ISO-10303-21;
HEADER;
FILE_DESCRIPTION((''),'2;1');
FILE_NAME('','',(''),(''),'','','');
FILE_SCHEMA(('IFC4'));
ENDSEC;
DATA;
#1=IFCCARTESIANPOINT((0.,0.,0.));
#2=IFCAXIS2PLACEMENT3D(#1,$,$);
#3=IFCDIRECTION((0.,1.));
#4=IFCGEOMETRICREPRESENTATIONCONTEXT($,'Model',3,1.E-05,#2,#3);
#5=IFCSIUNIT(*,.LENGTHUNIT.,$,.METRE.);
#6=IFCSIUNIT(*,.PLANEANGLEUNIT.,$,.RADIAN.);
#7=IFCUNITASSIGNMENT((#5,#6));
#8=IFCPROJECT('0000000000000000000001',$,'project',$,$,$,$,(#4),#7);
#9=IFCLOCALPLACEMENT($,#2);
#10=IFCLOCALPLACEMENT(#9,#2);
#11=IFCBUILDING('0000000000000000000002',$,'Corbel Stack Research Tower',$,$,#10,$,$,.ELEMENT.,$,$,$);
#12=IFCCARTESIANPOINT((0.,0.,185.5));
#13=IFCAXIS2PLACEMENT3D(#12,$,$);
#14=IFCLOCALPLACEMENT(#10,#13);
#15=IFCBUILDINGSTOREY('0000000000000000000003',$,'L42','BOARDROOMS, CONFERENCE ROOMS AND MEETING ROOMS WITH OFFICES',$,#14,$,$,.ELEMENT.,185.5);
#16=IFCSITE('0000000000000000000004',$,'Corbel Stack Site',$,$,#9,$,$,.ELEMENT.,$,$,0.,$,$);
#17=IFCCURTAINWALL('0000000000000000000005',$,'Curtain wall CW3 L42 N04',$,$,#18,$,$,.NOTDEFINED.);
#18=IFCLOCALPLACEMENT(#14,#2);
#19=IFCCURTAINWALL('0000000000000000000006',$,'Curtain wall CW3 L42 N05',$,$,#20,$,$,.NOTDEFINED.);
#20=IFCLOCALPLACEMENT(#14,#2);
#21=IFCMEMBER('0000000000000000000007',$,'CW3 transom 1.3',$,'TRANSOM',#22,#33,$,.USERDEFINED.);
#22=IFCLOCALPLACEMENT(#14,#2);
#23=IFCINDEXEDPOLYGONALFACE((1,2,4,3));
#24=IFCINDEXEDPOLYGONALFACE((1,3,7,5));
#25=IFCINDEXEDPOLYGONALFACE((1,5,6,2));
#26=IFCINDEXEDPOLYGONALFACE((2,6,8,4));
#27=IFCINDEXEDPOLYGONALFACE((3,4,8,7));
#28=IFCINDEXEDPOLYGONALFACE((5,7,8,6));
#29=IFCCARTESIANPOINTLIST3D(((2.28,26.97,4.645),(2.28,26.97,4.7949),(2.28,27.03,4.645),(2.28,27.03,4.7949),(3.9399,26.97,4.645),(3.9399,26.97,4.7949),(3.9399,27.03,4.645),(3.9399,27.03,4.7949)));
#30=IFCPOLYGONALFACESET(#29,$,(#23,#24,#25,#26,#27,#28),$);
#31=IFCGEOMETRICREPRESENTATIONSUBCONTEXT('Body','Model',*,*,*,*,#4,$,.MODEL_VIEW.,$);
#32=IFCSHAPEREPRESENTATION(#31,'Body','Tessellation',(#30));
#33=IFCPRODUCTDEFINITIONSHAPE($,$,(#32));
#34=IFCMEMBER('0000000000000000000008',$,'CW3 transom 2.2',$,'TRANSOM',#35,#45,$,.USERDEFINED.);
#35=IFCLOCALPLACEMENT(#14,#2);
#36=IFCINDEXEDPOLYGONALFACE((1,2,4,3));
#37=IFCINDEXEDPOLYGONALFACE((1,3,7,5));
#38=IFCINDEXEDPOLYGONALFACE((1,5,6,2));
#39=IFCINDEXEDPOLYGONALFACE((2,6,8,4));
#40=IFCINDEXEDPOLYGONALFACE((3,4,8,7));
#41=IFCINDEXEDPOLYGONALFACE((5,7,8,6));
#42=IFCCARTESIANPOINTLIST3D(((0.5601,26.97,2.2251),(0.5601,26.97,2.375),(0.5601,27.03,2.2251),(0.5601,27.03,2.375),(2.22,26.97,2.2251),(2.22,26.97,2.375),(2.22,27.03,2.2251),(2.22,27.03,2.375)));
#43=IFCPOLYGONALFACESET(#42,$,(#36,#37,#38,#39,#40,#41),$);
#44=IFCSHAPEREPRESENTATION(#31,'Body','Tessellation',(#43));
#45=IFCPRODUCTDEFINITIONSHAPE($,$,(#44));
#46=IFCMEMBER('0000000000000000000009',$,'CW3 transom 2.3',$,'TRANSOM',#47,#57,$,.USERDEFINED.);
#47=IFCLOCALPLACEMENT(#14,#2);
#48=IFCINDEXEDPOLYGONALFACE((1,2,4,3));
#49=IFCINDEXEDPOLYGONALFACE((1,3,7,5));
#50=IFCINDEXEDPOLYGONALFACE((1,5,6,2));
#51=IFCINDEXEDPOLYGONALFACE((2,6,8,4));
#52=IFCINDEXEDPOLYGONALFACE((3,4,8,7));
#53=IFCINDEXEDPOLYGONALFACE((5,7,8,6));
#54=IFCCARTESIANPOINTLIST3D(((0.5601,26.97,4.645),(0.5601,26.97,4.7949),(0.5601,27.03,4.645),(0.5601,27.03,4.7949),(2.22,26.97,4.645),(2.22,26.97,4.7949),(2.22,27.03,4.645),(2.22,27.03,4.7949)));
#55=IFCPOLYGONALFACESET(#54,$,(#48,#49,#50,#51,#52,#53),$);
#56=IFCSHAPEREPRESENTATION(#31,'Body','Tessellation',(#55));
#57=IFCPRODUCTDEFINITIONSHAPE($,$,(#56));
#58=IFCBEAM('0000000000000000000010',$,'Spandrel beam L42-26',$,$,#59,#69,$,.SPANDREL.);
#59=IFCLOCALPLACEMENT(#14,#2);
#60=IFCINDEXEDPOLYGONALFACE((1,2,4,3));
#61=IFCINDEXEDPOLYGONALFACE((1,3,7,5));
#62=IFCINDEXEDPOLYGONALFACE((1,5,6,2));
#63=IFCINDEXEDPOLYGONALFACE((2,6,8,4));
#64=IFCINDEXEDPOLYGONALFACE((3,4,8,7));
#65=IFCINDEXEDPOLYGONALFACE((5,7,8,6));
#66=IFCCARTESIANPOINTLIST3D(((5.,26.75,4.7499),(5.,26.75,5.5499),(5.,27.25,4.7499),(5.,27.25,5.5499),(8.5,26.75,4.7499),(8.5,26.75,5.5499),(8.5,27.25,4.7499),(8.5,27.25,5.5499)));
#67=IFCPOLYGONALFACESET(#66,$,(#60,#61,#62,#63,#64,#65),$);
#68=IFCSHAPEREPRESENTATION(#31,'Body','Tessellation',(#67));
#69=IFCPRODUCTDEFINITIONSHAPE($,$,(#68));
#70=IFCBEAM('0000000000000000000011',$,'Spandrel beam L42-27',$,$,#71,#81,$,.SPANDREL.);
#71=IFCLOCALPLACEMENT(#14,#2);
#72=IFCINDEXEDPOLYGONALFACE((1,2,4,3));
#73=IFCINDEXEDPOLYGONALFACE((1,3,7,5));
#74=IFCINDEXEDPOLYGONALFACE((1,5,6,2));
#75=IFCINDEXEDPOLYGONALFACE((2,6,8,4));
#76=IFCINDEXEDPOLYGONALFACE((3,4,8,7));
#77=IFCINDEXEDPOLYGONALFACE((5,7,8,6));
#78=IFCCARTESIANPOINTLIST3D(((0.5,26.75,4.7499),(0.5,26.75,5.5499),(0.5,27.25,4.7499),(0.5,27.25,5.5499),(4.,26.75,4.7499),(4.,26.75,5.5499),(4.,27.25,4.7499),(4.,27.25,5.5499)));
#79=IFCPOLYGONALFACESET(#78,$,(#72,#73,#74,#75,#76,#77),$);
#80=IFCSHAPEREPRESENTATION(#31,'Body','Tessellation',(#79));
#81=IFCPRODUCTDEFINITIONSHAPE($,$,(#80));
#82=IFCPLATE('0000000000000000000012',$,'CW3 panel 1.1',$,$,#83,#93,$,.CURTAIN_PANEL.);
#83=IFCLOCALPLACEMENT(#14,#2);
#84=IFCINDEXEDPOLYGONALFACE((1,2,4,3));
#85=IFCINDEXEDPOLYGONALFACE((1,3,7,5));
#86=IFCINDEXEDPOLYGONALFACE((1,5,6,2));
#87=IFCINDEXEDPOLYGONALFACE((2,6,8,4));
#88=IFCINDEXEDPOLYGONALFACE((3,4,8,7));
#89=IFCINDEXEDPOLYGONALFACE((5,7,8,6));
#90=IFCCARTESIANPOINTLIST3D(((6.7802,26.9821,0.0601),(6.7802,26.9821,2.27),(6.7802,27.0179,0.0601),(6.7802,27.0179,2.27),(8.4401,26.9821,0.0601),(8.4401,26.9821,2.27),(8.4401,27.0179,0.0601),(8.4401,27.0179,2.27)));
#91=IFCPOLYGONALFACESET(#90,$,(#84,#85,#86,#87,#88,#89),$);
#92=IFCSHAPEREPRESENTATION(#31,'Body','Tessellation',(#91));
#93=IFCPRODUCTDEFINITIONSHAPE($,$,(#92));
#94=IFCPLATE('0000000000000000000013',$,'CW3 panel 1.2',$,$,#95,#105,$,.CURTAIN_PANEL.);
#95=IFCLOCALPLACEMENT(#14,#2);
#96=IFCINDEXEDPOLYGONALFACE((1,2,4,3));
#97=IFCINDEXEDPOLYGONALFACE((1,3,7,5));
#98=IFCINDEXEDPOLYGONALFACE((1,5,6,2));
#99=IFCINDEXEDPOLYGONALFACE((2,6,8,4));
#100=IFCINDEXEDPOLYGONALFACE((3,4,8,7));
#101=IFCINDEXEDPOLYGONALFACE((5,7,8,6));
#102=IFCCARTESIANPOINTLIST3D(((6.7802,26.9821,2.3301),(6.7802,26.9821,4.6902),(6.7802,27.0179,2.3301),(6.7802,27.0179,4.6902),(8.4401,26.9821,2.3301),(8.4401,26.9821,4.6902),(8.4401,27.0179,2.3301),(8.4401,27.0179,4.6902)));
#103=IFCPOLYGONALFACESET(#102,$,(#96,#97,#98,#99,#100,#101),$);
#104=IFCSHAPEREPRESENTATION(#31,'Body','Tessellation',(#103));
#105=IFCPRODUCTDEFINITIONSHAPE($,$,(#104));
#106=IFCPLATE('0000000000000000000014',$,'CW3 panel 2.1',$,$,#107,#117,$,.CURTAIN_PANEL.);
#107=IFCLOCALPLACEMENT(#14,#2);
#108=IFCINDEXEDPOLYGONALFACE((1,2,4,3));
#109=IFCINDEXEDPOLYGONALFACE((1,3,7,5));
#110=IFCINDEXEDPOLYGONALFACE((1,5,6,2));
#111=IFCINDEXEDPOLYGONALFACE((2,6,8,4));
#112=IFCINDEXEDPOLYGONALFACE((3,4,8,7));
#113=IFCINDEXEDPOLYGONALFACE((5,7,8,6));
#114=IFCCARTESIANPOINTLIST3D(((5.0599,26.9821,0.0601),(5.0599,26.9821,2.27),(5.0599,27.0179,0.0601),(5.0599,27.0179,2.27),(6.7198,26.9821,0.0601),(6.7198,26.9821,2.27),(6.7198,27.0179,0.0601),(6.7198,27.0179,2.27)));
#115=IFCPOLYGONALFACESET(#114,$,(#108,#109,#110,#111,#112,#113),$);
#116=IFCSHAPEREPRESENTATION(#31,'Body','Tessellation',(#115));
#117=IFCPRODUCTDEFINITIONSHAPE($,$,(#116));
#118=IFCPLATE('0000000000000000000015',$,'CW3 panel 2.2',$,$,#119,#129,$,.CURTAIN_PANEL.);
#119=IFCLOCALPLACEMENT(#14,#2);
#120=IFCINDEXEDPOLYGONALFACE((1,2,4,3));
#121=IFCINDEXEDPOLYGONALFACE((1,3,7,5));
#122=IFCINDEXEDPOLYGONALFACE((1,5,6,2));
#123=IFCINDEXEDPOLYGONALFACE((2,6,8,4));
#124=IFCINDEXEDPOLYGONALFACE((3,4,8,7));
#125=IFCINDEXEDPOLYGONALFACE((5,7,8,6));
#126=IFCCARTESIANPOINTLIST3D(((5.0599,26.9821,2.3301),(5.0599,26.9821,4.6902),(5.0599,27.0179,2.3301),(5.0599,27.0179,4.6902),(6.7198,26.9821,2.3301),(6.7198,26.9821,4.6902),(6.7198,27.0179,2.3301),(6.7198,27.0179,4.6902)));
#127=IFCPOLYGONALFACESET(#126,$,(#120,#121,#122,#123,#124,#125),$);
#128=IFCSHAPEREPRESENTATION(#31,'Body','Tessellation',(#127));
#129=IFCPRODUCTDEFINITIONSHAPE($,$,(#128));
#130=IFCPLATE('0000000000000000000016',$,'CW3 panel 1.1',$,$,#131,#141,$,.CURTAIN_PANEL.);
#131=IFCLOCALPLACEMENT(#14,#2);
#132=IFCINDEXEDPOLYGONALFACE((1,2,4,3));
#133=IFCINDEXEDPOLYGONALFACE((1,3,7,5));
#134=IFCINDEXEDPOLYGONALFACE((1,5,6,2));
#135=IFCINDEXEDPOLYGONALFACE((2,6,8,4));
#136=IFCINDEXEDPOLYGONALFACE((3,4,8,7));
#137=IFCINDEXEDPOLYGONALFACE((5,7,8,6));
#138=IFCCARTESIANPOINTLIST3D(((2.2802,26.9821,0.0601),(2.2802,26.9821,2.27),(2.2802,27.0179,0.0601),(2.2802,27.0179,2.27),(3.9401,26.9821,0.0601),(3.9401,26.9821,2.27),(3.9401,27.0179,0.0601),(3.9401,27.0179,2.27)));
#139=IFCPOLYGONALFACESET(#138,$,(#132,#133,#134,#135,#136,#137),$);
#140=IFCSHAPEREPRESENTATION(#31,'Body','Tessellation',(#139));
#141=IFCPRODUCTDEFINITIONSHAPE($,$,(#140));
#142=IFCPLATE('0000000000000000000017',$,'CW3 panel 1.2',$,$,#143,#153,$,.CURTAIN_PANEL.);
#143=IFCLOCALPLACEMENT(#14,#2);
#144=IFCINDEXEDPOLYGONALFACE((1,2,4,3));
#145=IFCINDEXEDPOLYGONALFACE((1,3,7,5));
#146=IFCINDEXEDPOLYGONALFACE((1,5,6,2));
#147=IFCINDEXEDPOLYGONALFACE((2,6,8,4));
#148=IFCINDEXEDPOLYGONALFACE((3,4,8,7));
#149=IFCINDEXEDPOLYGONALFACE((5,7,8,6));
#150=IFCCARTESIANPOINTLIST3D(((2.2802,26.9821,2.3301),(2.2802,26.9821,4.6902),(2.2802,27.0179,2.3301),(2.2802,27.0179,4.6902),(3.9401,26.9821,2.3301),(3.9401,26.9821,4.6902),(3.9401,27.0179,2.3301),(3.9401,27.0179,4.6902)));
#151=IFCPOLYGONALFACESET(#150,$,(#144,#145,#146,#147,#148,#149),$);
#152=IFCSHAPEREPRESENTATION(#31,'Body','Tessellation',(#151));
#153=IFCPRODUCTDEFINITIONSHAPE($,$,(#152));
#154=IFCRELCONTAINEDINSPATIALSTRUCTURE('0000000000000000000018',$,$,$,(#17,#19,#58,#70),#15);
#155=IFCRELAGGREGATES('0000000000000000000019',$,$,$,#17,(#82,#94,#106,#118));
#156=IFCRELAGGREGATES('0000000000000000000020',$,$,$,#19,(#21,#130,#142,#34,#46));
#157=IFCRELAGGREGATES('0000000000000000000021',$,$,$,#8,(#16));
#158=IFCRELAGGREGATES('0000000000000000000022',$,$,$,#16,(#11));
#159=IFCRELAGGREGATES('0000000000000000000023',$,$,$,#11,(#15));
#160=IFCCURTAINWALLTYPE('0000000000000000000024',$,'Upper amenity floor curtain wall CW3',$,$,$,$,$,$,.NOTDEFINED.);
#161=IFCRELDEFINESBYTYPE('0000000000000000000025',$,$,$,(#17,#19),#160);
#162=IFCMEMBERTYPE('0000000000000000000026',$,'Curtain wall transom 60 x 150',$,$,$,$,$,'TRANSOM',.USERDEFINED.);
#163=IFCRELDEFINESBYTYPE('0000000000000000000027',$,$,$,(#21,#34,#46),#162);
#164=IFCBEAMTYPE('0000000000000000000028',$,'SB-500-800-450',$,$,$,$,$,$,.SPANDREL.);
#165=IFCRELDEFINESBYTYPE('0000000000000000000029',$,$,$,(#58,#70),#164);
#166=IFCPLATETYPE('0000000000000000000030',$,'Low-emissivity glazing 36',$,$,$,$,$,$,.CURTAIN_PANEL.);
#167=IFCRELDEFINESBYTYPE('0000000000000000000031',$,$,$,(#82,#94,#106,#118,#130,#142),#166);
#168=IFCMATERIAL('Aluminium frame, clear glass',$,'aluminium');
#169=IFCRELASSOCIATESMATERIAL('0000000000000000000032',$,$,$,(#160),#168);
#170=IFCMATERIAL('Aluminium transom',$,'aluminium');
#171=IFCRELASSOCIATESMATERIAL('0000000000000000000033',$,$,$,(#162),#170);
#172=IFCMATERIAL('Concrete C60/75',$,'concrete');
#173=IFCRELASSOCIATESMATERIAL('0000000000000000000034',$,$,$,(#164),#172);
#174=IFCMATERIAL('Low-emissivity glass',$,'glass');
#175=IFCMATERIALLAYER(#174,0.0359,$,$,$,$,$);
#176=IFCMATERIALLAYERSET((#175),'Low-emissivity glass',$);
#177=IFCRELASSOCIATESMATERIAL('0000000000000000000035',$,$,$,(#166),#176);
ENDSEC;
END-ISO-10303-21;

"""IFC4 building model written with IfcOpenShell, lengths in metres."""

from ifc_helpers import new_model, si_unit, direction, frame, origin, origin_2d, place, context, subcontext, project, spatial, rectangle, extrude, material, layer, layer_set, material_profile, profile_set, type_object, element, aggregate, save


model = new_model("IFC4")

# Units and contexts
model_context = context("Model", 3, precision=1e-05, world=origin(), true_north=direction((0.0, 1.0)))
body_context = subcontext(model_context, "Body", "Model", "MODEL_VIEW")
ifc_project = project(units=[si_unit("LENGTHUNIT", "METRE"), si_unit("PLANEANGLEUNIT", "RADIAN")], contexts=[model_context])

# Site, building, storey
site_placement = place(None, origin())
site = spatial("IfcSite", under=ifc_project, at=site_placement, Name="Corbel Stack Site", CompositionType="ELEMENT", RefElevation=0.0)
building_placement = place(site_placement, origin())
building = spatial("IfcBuilding", under=site, at=building_placement, Name="Corbel Stack Research Tower", CompositionType="ELEMENT")
storey_placement = place(building_placement, frame((0.0, 0.0, 185.5)))
storey = spatial("IfcBuildingStorey", under=building, at=storey_placement, Name="L42", Description="BOARDROOMS, CONFERENCE ROOMS AND MEETING ROOMS WITH OFFICES", CompositionType="ELEMENT", Elevation=185.5)

# Curtain walls
ifc_material_1 = material(Name="Aluminium frame, clear glass", Category="aluminium")
curtain_wall_type = type_object("IfcCurtainWallType", Name="Upper amenity floor curtain wall CW3", PredefinedType="NOTDEFINED", material=ifc_material_1)
curtain_wall_1_placement = place(storey_placement, origin())
curtain_wall_1 = element("IfcCurtainWall", 1, at=curtain_wall_1_placement, inside=storey, type_object=curtain_wall_type, Name="Curtain wall CW3 L42 N04", PredefinedType="NOTDEFINED")
curtain_wall_2_placement = place(storey_placement, origin())
curtain_wall_2 = element("IfcCurtainWall", 2, at=curtain_wall_2_placement, inside=storey, type_object=curtain_wall_type, Name="Curtain wall CW3 L42 N05", PredefinedType="NOTDEFINED")

# Members
ifc_material_2 = material(Name="Aluminium transom", Category="aluminium")
ifc_material_profile_1 = material_profile(ifc_material_2, rectangle(XDim=0.0601, YDim=0.1499, at=origin_2d()), Name="Transom 60 x 150")
ifc_profile_set_1 = profile_set([ifc_material_profile_1], Name="Aluminium transom")
member_type_1 = type_object("IfcMemberType", Name="Curtain wall transom 60 x 150", ElementType="TRANSOM", PredefinedType="USERDEFINED", material=ifc_profile_set_1)
member_1_placement = place(storey_placement, frame((3.9399, 27.0, 4.72), z_axis=(-1.0, 0.0, 0.0), x_axis=(0.0, -1.0, 0.0)))
member_1 = element("IfcMember", 3, at=member_1_placement, type_object=member_type_1, Name="CW3 transom 1.3", ObjectType="TRANSOM", PredefinedType="USERDEFINED", context=body_context, shape_type="SweptSolid", body=[
    extrude(rectangle(XDim=0.0601, YDim=0.1499, at=origin_2d()), origin(), (0.0, 0.0, 1.0), 1.6599),
])
member_2_placement = place(storey_placement, frame((2.22, 27.0, 2.3), z_axis=(-1.0, 0.0, 0.0), x_axis=(0.0, -1.0, 0.0)))
member_2 = element("IfcMember", 4, at=member_2_placement, type_object=member_type_1, Name="CW3 transom 2.2", ObjectType="TRANSOM", PredefinedType="USERDEFINED", context=body_context, shape_type="SweptSolid", body=[
    extrude(rectangle(XDim=0.0601, YDim=0.1499, at=origin_2d()), origin(), (0.0, 0.0, 1.0), 1.6599),
])
member_3_placement = place(storey_placement, frame((2.22, 27.0, 4.72), z_axis=(-1.0, 0.0, 0.0), x_axis=(0.0, -1.0, 0.0)))
member_3 = element("IfcMember", 5, at=member_3_placement, type_object=member_type_1, Name="CW3 transom 2.3", ObjectType="TRANSOM", PredefinedType="USERDEFINED", context=body_context, shape_type="SweptSolid", body=[
    extrude(rectangle(XDim=0.0601, YDim=0.1499, at=origin_2d()), origin(), (0.0, 0.0, 1.0), 1.6599),
])

# Beams
ifc_material_3 = material(Name="Concrete C60/75", Category="concrete")
ifc_material_profile_2 = material_profile(ifc_material_3, rectangle(XDim=0.5, YDim=0.8, at=origin_2d()), Name="RC 500 x 800")
ifc_profile_set_2 = profile_set([ifc_material_profile_2], Name="Concrete C60/75")
beam_type = type_object("IfcBeamType", Name="SB-500-800-450", PredefinedType="SPANDREL", material=ifc_profile_set_2)
for number, where, z_axis, x_axis, name in (
    (6, (8.5, 27.0, 5.1499), (-1.0, 0.0, 0.0), (0.0, -1.0, 0.0), "Spandrel beam L42-26"),
    (7, (4.0, 27.0, 5.1499), (-1.0, 0.0, 0.0), (0.0, -1.0, 0.0), "Spandrel beam L42-27"),
):
    element("IfcBeam", number, at=place(storey_placement, frame(where, z_axis=z_axis, x_axis=x_axis)), inside=storey, type_object=beam_type, Name=name, PredefinedType="SPANDREL", context=body_context, shape_type="SweptSolid", body=[
        extrude(rectangle(XDim=0.5, YDim=0.8, at=origin_2d()), origin(), (0.0, 0.0, 1.0), 3.5),
    ])

# Plates
ifc_material_4 = material(Name="Low-emissivity glass", Category="glass")
ifc_layer = layer(ifc_material_4, 0.0359)
ifc_layer_set = layer_set([ifc_layer], Name="Low-emissivity glass")
plate_type = type_object("IfcPlateType", Name="Low-emissivity glazing 36", PredefinedType="CURTAIN_PANEL", material=ifc_layer_set)
plate_1_placement = place(storey_placement, frame((7.6101, 27.0, 0.0601), z_axis=(0.0, 0.0, 1.0), x_axis=(-1.0, 0.0, 0.0)))
plate_1 = element("IfcPlate", 8, at=plate_1_placement, type_object=plate_type, Name="CW3 panel 1.1", PredefinedType="CURTAIN_PANEL", context=body_context, shape_type="SweptSolid", body=[
    extrude(rectangle(XDim=1.6599, YDim=0.0359, at=origin_2d()), origin(), (0.0, 0.0, 1.0), 2.21),
])
plate_2_placement = place(storey_placement, frame((7.6101, 27.0, 2.3301), z_axis=(0.0, 0.0, 1.0), x_axis=(-1.0, 0.0, 0.0)))
plate_2 = element("IfcPlate", 9, at=plate_2_placement, type_object=plate_type, Name="CW3 panel 1.2", PredefinedType="CURTAIN_PANEL", context=body_context, shape_type="SweptSolid", body=[
    extrude(rectangle(XDim=1.6599, YDim=0.0359, at=origin_2d()), origin(), (0.0, 0.0, 1.0), 2.3601),
])
plate_3_placement = place(storey_placement, frame((5.8899, 27.0, 0.0601), z_axis=(0.0, 0.0, 1.0), x_axis=(-1.0, 0.0, 0.0)))
plate_3 = element("IfcPlate", 10, at=plate_3_placement, type_object=plate_type, Name="CW3 panel 2.1", PredefinedType="CURTAIN_PANEL", context=body_context, shape_type="SweptSolid", body=[
    extrude(rectangle(XDim=1.6599, YDim=0.0359, at=origin_2d()), origin(), (0.0, 0.0, 1.0), 2.21),
])
plate_4_placement = place(storey_placement, frame((5.8899, 27.0, 2.3301), z_axis=(0.0, 0.0, 1.0), x_axis=(-1.0, 0.0, 0.0)))
plate_4 = element("IfcPlate", 11, at=plate_4_placement, type_object=plate_type, Name="CW3 panel 2.2", PredefinedType="CURTAIN_PANEL", context=body_context, shape_type="SweptSolid", body=[
    extrude(rectangle(XDim=1.6599, YDim=0.0359, at=origin_2d()), origin(), (0.0, 0.0, 1.0), 2.3601),
])
aggregate(curtain_wall_1, [plate_1, plate_2, plate_3, plate_4])
plate_5_placement = place(storey_placement, frame((3.1101, 27.0, 0.0601), z_axis=(0.0, 0.0, 1.0), x_axis=(-1.0, 0.0, 0.0)))
plate_5 = element("IfcPlate", 12, at=plate_5_placement, type_object=plate_type, Name="CW3 panel 1.1", PredefinedType="CURTAIN_PANEL", context=body_context, shape_type="SweptSolid", body=[
    extrude(rectangle(XDim=1.6599, YDim=0.0359, at=origin_2d()), origin(), (0.0, 0.0, 1.0), 2.21),
])
plate_6_placement = place(storey_placement, frame((3.1101, 27.0, 2.3301), z_axis=(0.0, 0.0, 1.0), x_axis=(-1.0, 0.0, 0.0)))
plate_6 = element("IfcPlate", 13, at=plate_6_placement, type_object=plate_type, Name="CW3 panel 1.2", PredefinedType="CURTAIN_PANEL", context=body_context, shape_type="SweptSolid", body=[
    extrude(rectangle(XDim=1.6599, YDim=0.0359, at=origin_2d()), origin(), (0.0, 0.0, 1.0), 2.3601),
])
aggregate(curtain_wall_2, [member_1, plate_5, plate_6, member_2, member_3])

save(model, "model.ifc")
